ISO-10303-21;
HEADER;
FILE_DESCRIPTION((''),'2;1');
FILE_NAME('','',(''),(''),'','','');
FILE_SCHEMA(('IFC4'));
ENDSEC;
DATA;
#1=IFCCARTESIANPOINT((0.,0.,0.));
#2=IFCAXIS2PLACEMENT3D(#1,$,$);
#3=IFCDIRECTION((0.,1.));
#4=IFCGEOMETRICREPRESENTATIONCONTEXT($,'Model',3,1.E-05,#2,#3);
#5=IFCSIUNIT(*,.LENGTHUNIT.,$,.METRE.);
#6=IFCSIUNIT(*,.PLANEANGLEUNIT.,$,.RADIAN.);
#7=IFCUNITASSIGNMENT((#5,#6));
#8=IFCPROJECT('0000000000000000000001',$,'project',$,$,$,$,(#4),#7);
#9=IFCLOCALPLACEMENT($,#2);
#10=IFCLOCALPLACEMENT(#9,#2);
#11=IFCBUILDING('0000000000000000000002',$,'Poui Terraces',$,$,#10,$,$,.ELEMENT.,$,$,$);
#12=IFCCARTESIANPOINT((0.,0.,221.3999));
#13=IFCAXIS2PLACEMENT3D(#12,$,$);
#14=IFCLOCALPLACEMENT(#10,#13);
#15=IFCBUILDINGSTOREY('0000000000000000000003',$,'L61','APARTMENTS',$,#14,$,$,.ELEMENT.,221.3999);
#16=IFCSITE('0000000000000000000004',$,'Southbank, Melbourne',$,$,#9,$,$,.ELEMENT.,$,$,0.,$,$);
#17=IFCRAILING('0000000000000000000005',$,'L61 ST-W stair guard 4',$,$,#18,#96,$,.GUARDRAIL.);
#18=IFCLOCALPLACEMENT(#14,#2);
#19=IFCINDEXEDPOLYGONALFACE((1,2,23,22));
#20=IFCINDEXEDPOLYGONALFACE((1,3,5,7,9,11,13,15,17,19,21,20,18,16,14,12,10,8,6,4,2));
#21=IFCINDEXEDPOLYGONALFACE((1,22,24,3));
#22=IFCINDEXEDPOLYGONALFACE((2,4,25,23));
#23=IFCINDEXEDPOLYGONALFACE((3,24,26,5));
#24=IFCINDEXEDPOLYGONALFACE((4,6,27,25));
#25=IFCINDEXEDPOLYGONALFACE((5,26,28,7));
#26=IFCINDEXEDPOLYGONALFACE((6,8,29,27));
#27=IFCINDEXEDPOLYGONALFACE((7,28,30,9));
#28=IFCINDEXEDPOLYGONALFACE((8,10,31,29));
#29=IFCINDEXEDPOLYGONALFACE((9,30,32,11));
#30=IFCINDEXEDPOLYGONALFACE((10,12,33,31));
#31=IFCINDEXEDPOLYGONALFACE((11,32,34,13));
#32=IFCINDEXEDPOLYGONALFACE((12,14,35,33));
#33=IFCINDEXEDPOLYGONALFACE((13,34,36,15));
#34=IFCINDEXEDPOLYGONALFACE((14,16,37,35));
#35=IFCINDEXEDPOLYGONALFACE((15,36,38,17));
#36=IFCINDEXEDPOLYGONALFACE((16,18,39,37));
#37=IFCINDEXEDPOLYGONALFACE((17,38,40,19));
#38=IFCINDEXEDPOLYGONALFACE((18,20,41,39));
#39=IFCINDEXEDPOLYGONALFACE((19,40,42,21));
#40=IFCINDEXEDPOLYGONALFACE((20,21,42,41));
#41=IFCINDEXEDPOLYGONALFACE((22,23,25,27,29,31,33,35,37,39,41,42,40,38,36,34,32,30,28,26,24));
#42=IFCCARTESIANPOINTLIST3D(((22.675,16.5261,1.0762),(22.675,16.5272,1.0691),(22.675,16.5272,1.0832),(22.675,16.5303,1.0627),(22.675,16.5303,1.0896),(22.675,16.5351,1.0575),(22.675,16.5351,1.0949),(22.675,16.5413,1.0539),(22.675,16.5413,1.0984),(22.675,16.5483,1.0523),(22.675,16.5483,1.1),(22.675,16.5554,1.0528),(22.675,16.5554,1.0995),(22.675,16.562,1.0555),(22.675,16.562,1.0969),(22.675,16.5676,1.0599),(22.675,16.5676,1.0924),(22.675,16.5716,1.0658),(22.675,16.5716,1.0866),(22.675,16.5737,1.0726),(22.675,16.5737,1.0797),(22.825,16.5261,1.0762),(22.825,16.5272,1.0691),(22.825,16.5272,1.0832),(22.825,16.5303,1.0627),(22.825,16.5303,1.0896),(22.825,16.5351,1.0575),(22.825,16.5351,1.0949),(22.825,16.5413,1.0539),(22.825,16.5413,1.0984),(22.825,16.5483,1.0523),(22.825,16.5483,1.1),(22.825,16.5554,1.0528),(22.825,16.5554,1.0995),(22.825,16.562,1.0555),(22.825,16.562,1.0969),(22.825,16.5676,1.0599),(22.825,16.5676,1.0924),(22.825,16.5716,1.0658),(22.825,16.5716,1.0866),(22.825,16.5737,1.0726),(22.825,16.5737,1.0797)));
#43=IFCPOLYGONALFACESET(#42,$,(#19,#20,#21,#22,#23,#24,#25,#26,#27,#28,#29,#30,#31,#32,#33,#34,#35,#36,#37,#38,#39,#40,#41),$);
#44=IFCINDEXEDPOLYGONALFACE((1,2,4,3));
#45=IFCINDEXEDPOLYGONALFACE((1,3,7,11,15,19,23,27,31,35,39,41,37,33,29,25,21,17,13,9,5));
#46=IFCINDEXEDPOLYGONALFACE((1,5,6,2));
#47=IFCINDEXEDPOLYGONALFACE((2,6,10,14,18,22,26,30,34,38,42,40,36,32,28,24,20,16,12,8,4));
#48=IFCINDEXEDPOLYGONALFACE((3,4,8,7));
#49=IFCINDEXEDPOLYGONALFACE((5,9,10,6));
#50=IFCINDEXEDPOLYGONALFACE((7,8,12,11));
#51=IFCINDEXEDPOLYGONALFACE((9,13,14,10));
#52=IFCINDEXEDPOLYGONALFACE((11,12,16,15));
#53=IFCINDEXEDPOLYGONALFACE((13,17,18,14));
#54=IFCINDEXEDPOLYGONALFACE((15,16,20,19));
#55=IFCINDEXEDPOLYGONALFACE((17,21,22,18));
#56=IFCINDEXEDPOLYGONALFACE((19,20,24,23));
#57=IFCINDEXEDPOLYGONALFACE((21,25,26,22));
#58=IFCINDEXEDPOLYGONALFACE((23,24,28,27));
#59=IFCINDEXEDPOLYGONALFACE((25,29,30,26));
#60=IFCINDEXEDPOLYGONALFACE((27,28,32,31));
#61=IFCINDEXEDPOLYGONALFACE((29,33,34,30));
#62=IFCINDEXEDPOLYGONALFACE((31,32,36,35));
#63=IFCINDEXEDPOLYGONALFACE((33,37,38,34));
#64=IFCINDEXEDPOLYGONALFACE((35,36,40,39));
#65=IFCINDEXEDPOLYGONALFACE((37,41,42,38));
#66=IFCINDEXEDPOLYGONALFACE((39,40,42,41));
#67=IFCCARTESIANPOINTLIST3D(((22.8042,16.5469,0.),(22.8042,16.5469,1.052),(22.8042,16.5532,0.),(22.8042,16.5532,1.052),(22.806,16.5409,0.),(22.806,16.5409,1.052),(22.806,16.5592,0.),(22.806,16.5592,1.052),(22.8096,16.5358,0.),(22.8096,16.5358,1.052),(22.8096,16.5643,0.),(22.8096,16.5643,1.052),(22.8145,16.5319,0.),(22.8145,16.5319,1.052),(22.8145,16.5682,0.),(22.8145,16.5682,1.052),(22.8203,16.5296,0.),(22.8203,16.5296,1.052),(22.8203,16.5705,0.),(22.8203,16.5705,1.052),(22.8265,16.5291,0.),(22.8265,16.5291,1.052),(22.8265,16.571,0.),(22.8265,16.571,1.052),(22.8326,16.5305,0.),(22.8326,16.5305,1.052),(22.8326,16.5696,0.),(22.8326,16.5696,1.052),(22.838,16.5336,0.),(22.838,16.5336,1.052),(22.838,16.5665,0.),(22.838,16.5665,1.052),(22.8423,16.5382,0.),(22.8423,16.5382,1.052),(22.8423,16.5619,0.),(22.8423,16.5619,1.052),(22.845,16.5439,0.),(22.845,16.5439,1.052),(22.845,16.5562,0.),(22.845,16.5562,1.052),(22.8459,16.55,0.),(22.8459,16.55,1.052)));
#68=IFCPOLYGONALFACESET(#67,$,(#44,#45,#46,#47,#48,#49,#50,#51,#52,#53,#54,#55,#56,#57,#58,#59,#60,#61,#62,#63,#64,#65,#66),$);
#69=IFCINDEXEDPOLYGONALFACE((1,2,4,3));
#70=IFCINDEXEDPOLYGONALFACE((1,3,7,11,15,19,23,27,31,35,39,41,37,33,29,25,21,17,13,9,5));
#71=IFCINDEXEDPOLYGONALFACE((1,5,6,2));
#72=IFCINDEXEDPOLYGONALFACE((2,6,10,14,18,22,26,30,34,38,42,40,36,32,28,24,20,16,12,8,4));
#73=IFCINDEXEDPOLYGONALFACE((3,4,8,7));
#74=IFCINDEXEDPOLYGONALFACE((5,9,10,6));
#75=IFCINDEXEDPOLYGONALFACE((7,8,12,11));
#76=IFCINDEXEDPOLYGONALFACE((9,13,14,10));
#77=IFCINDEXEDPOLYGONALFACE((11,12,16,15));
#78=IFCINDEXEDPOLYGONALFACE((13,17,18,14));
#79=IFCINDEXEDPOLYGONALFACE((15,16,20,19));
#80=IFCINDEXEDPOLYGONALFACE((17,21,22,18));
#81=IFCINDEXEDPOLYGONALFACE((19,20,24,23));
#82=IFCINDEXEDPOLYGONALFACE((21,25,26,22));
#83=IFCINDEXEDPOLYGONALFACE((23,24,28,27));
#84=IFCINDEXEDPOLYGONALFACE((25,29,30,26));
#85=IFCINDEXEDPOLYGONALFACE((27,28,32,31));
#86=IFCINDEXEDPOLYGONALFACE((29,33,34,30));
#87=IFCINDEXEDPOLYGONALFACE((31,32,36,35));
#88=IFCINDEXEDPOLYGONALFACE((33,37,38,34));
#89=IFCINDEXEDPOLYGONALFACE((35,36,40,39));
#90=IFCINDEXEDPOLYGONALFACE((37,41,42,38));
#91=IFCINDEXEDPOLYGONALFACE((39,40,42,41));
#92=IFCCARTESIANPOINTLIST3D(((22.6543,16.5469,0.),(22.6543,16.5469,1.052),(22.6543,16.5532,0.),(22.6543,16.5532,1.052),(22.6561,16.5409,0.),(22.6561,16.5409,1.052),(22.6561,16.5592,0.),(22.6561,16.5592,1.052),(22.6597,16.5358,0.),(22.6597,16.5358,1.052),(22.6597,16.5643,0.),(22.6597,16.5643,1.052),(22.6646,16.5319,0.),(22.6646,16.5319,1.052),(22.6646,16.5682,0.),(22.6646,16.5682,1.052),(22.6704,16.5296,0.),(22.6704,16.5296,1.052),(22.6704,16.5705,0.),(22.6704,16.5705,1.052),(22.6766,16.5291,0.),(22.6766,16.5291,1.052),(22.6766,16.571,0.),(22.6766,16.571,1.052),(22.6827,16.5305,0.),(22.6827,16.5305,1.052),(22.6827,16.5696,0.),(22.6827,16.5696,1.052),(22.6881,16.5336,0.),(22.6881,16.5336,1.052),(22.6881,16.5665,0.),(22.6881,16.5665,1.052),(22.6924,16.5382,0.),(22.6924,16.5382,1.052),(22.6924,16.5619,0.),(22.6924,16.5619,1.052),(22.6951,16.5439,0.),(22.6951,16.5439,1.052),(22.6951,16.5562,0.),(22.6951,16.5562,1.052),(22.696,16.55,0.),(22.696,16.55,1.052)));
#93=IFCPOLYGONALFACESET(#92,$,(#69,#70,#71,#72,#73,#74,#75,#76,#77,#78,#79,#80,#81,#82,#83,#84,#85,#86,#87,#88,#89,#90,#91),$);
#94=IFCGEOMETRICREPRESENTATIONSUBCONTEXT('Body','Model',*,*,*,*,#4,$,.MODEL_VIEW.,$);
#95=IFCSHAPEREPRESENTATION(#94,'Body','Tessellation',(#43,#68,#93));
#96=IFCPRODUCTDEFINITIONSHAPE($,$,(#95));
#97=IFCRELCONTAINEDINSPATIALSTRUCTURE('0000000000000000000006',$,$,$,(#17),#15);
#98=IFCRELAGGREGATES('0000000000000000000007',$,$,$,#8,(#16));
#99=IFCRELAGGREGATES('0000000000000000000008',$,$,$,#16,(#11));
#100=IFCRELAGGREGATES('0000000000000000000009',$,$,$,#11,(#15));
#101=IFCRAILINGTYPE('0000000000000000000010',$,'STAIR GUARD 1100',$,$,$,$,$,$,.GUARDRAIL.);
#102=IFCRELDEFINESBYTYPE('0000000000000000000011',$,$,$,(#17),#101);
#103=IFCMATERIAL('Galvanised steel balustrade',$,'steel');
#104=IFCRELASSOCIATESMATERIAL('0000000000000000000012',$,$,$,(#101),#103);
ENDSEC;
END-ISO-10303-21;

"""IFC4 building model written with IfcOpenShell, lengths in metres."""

from ifc_helpers import new_model, si_unit, direction, frame, origin, origin_2d, place, context, subcontext, project, spatial, circle, extrude, material, type_object, element, save


model = new_model("IFC4")

# Units and contexts
model_context = context("Model", 3, precision=1e-05, world=origin(), true_north=direction((0.0, 1.0)))
body_context = subcontext(model_context, "Body", "Model", "MODEL_VIEW")
ifc_project = project(units=[si_unit("LENGTHUNIT", "METRE"), si_unit("PLANEANGLEUNIT", "RADIAN")], contexts=[model_context])

# Site, building, storey
site_placement = place(None, origin())
site = spatial("IfcSite", under=ifc_project, at=site_placement, Name="Southbank, Melbourne", CompositionType="ELEMENT", RefElevation=0.0)
building_placement = place(site_placement, origin())
building = spatial("IfcBuilding", under=site, at=building_placement, Name="Poui Terraces", CompositionType="ELEMENT")
storey_placement = place(building_placement, frame((0.0, 0.0, 221.3999)))
storey = spatial("IfcBuildingStorey", under=building, at=storey_placement, Name="L61", Description="APARTMENTS", CompositionType="ELEMENT", Elevation=221.3999)

# Railing
ifc_material_1 = material(Name="Galvanised steel balustrade", Category="steel")
railing_type_1 = type_object("IfcRailingType", Name="STAIR GUARD 1100", PredefinedType="GUARDRAIL", material=ifc_material_1)
railing_1_placement = place(storey_placement, frame((22.825, 16.55, 0.0)))
element("IfcRailing", 1, at=railing_1_placement, inside=storey, type_object=railing_type_1, Name="L61 ST-W stair guard 4", PredefinedType="GUARDRAIL", context=body_context, shape_type="SweptSolid", body=[
    extrude(circle(Radius=0.0239, at=origin_2d()), frame((0.0, 0.0, 1.0762), z_axis=(-1.0, 0.0, 0.0), x_axis=(0.0, -1.0, 0.0)), (0.0, 0.0, 1.0), 0.1499),
    extrude(circle(Radius=0.021, at=origin_2d()), origin(), (0.0, 0.0, 1.0), 1.052),
    extrude(circle(Radius=0.021, at=origin_2d()), frame((-0.1499, 0.0, 0.0)), (0.0, 0.0, 1.0), 1.052),
])

save(model, "model.ifc")
